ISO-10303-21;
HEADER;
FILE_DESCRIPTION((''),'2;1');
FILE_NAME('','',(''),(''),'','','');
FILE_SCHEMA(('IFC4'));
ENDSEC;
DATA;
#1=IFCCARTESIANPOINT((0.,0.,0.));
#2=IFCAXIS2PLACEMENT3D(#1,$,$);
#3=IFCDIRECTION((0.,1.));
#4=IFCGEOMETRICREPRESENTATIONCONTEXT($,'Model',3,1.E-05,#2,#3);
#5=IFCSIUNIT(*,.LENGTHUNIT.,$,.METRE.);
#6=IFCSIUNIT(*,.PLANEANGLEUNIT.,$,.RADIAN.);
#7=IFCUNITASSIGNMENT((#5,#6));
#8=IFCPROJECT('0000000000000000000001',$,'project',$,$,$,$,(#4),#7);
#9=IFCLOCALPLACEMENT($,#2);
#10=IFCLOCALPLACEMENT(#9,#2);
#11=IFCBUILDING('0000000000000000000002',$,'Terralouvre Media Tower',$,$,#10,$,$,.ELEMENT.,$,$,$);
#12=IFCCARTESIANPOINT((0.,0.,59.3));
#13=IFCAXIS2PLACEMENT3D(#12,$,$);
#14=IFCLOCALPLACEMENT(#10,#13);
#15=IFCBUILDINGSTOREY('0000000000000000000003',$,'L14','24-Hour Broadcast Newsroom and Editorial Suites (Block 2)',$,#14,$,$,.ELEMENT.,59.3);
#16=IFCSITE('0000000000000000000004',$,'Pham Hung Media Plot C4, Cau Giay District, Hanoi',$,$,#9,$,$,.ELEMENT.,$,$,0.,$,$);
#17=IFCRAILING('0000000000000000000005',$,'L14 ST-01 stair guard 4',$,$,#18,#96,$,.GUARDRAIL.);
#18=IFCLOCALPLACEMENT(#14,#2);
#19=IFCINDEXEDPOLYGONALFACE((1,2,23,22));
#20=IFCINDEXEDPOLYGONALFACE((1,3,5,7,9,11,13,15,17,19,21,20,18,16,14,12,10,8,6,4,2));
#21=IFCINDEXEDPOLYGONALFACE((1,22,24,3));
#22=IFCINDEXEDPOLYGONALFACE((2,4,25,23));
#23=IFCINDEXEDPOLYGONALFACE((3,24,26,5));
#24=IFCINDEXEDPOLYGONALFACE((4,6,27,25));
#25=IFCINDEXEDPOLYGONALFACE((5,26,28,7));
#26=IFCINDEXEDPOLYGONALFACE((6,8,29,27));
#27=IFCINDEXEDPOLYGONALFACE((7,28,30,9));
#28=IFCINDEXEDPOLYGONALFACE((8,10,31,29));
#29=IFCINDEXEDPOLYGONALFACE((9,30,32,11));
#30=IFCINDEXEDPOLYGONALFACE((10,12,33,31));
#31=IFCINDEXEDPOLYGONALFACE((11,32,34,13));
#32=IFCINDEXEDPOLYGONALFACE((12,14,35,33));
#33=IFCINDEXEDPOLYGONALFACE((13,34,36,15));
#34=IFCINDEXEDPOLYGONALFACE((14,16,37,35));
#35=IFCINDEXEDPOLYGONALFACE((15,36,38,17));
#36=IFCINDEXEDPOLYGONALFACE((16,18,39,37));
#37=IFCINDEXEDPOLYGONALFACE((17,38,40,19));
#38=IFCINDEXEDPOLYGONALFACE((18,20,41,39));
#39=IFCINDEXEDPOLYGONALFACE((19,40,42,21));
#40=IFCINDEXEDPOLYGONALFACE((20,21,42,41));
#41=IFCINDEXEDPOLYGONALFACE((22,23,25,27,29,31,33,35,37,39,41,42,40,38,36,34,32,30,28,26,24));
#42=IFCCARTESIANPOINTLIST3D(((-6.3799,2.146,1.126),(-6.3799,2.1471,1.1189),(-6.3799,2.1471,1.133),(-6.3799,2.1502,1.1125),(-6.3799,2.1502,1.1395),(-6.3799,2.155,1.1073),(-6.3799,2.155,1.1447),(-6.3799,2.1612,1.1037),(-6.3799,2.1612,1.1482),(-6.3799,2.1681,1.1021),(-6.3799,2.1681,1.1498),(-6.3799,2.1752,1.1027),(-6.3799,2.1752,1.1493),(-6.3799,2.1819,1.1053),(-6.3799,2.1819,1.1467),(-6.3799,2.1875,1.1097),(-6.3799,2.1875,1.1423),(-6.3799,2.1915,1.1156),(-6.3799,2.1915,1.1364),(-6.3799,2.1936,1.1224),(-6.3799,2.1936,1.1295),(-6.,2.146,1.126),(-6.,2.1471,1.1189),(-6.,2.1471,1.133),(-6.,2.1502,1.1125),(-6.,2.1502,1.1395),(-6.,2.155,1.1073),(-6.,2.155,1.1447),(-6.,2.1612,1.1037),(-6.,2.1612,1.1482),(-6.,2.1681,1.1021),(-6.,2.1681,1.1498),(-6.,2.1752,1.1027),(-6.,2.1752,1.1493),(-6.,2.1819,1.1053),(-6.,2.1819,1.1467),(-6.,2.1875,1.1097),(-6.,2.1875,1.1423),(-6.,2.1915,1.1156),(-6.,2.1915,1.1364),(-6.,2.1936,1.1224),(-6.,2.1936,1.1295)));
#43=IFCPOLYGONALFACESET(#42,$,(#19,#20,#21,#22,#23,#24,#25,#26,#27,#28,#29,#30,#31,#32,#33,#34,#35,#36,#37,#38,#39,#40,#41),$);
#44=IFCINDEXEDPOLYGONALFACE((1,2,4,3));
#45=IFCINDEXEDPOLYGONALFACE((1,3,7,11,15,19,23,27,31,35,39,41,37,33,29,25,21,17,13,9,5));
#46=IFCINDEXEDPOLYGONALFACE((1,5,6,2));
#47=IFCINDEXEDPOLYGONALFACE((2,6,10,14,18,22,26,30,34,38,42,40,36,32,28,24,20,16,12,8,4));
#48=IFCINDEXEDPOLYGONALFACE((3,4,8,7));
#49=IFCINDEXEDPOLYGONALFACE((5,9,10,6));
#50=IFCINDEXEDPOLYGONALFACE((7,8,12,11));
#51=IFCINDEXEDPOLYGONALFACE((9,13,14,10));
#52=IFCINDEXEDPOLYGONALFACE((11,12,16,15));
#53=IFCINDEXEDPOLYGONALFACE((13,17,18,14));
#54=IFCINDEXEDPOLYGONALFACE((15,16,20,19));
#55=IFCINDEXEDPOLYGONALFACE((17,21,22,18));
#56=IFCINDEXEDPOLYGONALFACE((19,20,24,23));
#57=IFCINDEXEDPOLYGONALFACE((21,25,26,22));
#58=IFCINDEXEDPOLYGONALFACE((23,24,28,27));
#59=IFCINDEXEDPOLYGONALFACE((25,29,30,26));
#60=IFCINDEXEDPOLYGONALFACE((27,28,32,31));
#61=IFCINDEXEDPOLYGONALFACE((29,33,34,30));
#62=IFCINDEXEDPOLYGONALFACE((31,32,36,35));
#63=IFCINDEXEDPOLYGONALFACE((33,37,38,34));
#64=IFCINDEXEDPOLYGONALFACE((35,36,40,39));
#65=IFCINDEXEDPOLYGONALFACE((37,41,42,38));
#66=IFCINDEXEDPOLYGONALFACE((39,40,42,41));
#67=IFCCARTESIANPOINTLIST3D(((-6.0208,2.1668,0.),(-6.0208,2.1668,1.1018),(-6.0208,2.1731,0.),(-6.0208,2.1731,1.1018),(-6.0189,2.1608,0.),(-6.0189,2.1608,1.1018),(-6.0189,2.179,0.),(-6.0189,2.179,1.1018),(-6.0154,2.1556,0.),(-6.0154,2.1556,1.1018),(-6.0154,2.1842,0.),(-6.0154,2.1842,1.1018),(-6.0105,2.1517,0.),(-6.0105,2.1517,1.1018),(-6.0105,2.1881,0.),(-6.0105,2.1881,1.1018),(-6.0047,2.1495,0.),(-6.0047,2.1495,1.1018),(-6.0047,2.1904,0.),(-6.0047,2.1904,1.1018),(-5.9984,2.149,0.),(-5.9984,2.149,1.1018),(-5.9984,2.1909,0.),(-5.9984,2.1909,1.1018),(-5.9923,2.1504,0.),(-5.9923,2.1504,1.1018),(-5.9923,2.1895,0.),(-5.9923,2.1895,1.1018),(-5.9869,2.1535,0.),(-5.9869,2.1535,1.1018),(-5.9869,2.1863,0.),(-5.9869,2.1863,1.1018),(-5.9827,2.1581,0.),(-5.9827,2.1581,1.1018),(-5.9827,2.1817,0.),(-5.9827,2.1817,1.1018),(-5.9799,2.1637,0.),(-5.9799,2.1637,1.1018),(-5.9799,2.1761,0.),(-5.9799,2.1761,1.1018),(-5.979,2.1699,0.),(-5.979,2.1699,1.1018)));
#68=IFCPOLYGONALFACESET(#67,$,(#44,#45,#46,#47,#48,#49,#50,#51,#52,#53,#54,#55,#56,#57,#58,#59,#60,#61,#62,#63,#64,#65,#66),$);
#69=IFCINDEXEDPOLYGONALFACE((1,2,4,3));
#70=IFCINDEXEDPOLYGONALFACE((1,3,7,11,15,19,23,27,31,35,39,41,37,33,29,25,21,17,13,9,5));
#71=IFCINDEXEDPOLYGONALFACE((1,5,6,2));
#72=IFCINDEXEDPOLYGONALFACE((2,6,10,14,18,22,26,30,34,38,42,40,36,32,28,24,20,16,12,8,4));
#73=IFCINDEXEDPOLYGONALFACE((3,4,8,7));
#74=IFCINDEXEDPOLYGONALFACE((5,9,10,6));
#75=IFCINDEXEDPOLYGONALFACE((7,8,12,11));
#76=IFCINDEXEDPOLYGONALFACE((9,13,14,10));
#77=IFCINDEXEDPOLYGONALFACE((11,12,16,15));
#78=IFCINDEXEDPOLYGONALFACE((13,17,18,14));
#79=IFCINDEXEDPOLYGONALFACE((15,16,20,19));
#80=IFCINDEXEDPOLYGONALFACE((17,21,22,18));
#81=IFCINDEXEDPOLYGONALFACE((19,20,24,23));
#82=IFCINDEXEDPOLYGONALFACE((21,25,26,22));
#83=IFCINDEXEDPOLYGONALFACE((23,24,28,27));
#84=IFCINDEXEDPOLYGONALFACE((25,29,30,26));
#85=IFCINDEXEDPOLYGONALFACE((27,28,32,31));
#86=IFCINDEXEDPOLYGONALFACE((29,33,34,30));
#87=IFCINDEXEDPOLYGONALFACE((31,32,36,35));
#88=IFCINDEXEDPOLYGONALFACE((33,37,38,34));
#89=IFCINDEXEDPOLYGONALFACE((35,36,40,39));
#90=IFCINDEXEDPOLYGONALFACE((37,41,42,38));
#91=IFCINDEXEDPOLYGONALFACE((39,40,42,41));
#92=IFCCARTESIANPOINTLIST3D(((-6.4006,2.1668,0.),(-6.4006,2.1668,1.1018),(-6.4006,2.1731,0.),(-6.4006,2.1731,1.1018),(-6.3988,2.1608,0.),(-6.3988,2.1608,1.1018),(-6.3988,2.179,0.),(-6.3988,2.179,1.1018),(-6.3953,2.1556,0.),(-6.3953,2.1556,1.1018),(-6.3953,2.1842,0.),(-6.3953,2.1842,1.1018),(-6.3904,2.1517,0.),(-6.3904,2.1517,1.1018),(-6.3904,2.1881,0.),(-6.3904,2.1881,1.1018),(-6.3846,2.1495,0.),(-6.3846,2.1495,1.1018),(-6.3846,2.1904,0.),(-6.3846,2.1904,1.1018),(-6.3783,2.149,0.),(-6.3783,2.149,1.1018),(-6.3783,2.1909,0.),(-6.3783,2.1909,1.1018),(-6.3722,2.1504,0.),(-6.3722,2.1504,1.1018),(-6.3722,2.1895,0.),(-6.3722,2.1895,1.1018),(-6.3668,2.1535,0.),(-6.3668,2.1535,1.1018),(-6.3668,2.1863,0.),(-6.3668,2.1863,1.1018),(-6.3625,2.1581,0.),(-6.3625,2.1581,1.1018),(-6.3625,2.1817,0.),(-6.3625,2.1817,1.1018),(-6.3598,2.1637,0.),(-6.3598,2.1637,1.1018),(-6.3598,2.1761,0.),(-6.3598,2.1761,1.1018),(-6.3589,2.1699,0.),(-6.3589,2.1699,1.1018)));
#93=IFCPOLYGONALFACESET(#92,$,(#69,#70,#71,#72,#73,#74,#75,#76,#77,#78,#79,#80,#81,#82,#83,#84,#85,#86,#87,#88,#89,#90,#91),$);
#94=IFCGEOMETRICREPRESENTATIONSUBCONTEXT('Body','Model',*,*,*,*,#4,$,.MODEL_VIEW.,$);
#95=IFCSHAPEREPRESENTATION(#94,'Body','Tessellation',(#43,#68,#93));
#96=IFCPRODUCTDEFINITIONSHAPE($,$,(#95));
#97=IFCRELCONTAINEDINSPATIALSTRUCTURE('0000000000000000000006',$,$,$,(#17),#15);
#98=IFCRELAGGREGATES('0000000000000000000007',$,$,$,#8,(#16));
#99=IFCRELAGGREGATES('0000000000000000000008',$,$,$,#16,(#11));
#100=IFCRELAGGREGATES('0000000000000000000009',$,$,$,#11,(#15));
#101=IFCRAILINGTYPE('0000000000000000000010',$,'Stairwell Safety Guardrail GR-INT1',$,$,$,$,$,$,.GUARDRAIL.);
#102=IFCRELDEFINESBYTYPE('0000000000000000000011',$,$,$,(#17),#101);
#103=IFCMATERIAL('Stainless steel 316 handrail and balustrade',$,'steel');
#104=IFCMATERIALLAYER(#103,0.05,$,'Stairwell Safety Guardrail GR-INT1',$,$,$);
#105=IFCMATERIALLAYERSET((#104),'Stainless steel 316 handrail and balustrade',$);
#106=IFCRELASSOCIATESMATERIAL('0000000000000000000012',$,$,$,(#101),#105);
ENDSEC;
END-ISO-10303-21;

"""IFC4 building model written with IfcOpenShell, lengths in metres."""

from ifc_helpers import new_model, si_unit, direction, frame, origin, origin_2d, place, context, subcontext, project, spatial, circle, extrude, material, layer, layer_set, type_object, element, save


model = new_model("IFC4")

# Units and contexts
model_context = context("Model", 3, precision=1e-05, world=origin(), true_north=direction((0.0, 1.0)))
body_context = subcontext(model_context, "Body", "Model", "MODEL_VIEW")
ifc_project = project(units=[si_unit("LENGTHUNIT", "METRE"), si_unit("PLANEANGLEUNIT", "RADIAN")], contexts=[model_context])

# Site, building, storey
site_placement = place(None, origin())
site = spatial("IfcSite", under=ifc_project, at=site_placement, Name="Pham Hung Media Plot C4, Cau Giay District, Hanoi", CompositionType="ELEMENT", RefElevation=0.0)
building_placement = place(site_placement, origin())
building = spatial("IfcBuilding", under=site, at=building_placement, Name="Terralouvre Media Tower", CompositionType="ELEMENT")
storey_placement = place(building_placement, frame((0.0, 0.0, 59.3)))
storey = spatial("IfcBuildingStorey", under=building, at=storey_placement, Name="L14", Description="24-Hour Broadcast Newsroom and Editorial Suites (Block 2)", CompositionType="ELEMENT", Elevation=59.3)

# Railing
ifc_material_1 = material(Name="Stainless steel 316 handrail and balustrade", Category="steel")
ifc_layer_1 = layer(ifc_material_1, 0.05, Name="Stairwell Safety Guardrail GR-INT1")
ifc_layer_set_1 = layer_set([ifc_layer_1], Name="Stainless steel 316 handrail and balustrade")
railing_type_1 = type_object("IfcRailingType", Name="Stairwell Safety Guardrail GR-INT1", PredefinedType="GUARDRAIL", material=ifc_layer_set_1)
railing_1_placement = place(storey_placement, frame((-6.0, 2.1699, 0.0)))
element("IfcRailing", 1, at=railing_1_placement, inside=storey, type_object=railing_type_1, Name="L14 ST-01 stair guard 4", PredefinedType="GUARDRAIL", context=body_context, shape_type="SweptSolid", body=[
    extrude(circle(Radius=0.0239, at=origin_2d()), frame((0.0, 0.0, 1.126), z_axis=(-1.0, 0.0, 0.0), x_axis=(0.0, -1.0, 0.0)), (0.0, 0.0, 1.0), 0.3799),
    extrude(circle(Radius=0.021, at=origin_2d()), origin(), (0.0, 0.0, 1.0), 1.1018),
    extrude(circle(Radius=0.021, at=origin_2d()), frame((-0.3799, 0.0, 0.0)), (0.0, 0.0, 1.0), 1.1018),
])

save(model, "model.ifc")
